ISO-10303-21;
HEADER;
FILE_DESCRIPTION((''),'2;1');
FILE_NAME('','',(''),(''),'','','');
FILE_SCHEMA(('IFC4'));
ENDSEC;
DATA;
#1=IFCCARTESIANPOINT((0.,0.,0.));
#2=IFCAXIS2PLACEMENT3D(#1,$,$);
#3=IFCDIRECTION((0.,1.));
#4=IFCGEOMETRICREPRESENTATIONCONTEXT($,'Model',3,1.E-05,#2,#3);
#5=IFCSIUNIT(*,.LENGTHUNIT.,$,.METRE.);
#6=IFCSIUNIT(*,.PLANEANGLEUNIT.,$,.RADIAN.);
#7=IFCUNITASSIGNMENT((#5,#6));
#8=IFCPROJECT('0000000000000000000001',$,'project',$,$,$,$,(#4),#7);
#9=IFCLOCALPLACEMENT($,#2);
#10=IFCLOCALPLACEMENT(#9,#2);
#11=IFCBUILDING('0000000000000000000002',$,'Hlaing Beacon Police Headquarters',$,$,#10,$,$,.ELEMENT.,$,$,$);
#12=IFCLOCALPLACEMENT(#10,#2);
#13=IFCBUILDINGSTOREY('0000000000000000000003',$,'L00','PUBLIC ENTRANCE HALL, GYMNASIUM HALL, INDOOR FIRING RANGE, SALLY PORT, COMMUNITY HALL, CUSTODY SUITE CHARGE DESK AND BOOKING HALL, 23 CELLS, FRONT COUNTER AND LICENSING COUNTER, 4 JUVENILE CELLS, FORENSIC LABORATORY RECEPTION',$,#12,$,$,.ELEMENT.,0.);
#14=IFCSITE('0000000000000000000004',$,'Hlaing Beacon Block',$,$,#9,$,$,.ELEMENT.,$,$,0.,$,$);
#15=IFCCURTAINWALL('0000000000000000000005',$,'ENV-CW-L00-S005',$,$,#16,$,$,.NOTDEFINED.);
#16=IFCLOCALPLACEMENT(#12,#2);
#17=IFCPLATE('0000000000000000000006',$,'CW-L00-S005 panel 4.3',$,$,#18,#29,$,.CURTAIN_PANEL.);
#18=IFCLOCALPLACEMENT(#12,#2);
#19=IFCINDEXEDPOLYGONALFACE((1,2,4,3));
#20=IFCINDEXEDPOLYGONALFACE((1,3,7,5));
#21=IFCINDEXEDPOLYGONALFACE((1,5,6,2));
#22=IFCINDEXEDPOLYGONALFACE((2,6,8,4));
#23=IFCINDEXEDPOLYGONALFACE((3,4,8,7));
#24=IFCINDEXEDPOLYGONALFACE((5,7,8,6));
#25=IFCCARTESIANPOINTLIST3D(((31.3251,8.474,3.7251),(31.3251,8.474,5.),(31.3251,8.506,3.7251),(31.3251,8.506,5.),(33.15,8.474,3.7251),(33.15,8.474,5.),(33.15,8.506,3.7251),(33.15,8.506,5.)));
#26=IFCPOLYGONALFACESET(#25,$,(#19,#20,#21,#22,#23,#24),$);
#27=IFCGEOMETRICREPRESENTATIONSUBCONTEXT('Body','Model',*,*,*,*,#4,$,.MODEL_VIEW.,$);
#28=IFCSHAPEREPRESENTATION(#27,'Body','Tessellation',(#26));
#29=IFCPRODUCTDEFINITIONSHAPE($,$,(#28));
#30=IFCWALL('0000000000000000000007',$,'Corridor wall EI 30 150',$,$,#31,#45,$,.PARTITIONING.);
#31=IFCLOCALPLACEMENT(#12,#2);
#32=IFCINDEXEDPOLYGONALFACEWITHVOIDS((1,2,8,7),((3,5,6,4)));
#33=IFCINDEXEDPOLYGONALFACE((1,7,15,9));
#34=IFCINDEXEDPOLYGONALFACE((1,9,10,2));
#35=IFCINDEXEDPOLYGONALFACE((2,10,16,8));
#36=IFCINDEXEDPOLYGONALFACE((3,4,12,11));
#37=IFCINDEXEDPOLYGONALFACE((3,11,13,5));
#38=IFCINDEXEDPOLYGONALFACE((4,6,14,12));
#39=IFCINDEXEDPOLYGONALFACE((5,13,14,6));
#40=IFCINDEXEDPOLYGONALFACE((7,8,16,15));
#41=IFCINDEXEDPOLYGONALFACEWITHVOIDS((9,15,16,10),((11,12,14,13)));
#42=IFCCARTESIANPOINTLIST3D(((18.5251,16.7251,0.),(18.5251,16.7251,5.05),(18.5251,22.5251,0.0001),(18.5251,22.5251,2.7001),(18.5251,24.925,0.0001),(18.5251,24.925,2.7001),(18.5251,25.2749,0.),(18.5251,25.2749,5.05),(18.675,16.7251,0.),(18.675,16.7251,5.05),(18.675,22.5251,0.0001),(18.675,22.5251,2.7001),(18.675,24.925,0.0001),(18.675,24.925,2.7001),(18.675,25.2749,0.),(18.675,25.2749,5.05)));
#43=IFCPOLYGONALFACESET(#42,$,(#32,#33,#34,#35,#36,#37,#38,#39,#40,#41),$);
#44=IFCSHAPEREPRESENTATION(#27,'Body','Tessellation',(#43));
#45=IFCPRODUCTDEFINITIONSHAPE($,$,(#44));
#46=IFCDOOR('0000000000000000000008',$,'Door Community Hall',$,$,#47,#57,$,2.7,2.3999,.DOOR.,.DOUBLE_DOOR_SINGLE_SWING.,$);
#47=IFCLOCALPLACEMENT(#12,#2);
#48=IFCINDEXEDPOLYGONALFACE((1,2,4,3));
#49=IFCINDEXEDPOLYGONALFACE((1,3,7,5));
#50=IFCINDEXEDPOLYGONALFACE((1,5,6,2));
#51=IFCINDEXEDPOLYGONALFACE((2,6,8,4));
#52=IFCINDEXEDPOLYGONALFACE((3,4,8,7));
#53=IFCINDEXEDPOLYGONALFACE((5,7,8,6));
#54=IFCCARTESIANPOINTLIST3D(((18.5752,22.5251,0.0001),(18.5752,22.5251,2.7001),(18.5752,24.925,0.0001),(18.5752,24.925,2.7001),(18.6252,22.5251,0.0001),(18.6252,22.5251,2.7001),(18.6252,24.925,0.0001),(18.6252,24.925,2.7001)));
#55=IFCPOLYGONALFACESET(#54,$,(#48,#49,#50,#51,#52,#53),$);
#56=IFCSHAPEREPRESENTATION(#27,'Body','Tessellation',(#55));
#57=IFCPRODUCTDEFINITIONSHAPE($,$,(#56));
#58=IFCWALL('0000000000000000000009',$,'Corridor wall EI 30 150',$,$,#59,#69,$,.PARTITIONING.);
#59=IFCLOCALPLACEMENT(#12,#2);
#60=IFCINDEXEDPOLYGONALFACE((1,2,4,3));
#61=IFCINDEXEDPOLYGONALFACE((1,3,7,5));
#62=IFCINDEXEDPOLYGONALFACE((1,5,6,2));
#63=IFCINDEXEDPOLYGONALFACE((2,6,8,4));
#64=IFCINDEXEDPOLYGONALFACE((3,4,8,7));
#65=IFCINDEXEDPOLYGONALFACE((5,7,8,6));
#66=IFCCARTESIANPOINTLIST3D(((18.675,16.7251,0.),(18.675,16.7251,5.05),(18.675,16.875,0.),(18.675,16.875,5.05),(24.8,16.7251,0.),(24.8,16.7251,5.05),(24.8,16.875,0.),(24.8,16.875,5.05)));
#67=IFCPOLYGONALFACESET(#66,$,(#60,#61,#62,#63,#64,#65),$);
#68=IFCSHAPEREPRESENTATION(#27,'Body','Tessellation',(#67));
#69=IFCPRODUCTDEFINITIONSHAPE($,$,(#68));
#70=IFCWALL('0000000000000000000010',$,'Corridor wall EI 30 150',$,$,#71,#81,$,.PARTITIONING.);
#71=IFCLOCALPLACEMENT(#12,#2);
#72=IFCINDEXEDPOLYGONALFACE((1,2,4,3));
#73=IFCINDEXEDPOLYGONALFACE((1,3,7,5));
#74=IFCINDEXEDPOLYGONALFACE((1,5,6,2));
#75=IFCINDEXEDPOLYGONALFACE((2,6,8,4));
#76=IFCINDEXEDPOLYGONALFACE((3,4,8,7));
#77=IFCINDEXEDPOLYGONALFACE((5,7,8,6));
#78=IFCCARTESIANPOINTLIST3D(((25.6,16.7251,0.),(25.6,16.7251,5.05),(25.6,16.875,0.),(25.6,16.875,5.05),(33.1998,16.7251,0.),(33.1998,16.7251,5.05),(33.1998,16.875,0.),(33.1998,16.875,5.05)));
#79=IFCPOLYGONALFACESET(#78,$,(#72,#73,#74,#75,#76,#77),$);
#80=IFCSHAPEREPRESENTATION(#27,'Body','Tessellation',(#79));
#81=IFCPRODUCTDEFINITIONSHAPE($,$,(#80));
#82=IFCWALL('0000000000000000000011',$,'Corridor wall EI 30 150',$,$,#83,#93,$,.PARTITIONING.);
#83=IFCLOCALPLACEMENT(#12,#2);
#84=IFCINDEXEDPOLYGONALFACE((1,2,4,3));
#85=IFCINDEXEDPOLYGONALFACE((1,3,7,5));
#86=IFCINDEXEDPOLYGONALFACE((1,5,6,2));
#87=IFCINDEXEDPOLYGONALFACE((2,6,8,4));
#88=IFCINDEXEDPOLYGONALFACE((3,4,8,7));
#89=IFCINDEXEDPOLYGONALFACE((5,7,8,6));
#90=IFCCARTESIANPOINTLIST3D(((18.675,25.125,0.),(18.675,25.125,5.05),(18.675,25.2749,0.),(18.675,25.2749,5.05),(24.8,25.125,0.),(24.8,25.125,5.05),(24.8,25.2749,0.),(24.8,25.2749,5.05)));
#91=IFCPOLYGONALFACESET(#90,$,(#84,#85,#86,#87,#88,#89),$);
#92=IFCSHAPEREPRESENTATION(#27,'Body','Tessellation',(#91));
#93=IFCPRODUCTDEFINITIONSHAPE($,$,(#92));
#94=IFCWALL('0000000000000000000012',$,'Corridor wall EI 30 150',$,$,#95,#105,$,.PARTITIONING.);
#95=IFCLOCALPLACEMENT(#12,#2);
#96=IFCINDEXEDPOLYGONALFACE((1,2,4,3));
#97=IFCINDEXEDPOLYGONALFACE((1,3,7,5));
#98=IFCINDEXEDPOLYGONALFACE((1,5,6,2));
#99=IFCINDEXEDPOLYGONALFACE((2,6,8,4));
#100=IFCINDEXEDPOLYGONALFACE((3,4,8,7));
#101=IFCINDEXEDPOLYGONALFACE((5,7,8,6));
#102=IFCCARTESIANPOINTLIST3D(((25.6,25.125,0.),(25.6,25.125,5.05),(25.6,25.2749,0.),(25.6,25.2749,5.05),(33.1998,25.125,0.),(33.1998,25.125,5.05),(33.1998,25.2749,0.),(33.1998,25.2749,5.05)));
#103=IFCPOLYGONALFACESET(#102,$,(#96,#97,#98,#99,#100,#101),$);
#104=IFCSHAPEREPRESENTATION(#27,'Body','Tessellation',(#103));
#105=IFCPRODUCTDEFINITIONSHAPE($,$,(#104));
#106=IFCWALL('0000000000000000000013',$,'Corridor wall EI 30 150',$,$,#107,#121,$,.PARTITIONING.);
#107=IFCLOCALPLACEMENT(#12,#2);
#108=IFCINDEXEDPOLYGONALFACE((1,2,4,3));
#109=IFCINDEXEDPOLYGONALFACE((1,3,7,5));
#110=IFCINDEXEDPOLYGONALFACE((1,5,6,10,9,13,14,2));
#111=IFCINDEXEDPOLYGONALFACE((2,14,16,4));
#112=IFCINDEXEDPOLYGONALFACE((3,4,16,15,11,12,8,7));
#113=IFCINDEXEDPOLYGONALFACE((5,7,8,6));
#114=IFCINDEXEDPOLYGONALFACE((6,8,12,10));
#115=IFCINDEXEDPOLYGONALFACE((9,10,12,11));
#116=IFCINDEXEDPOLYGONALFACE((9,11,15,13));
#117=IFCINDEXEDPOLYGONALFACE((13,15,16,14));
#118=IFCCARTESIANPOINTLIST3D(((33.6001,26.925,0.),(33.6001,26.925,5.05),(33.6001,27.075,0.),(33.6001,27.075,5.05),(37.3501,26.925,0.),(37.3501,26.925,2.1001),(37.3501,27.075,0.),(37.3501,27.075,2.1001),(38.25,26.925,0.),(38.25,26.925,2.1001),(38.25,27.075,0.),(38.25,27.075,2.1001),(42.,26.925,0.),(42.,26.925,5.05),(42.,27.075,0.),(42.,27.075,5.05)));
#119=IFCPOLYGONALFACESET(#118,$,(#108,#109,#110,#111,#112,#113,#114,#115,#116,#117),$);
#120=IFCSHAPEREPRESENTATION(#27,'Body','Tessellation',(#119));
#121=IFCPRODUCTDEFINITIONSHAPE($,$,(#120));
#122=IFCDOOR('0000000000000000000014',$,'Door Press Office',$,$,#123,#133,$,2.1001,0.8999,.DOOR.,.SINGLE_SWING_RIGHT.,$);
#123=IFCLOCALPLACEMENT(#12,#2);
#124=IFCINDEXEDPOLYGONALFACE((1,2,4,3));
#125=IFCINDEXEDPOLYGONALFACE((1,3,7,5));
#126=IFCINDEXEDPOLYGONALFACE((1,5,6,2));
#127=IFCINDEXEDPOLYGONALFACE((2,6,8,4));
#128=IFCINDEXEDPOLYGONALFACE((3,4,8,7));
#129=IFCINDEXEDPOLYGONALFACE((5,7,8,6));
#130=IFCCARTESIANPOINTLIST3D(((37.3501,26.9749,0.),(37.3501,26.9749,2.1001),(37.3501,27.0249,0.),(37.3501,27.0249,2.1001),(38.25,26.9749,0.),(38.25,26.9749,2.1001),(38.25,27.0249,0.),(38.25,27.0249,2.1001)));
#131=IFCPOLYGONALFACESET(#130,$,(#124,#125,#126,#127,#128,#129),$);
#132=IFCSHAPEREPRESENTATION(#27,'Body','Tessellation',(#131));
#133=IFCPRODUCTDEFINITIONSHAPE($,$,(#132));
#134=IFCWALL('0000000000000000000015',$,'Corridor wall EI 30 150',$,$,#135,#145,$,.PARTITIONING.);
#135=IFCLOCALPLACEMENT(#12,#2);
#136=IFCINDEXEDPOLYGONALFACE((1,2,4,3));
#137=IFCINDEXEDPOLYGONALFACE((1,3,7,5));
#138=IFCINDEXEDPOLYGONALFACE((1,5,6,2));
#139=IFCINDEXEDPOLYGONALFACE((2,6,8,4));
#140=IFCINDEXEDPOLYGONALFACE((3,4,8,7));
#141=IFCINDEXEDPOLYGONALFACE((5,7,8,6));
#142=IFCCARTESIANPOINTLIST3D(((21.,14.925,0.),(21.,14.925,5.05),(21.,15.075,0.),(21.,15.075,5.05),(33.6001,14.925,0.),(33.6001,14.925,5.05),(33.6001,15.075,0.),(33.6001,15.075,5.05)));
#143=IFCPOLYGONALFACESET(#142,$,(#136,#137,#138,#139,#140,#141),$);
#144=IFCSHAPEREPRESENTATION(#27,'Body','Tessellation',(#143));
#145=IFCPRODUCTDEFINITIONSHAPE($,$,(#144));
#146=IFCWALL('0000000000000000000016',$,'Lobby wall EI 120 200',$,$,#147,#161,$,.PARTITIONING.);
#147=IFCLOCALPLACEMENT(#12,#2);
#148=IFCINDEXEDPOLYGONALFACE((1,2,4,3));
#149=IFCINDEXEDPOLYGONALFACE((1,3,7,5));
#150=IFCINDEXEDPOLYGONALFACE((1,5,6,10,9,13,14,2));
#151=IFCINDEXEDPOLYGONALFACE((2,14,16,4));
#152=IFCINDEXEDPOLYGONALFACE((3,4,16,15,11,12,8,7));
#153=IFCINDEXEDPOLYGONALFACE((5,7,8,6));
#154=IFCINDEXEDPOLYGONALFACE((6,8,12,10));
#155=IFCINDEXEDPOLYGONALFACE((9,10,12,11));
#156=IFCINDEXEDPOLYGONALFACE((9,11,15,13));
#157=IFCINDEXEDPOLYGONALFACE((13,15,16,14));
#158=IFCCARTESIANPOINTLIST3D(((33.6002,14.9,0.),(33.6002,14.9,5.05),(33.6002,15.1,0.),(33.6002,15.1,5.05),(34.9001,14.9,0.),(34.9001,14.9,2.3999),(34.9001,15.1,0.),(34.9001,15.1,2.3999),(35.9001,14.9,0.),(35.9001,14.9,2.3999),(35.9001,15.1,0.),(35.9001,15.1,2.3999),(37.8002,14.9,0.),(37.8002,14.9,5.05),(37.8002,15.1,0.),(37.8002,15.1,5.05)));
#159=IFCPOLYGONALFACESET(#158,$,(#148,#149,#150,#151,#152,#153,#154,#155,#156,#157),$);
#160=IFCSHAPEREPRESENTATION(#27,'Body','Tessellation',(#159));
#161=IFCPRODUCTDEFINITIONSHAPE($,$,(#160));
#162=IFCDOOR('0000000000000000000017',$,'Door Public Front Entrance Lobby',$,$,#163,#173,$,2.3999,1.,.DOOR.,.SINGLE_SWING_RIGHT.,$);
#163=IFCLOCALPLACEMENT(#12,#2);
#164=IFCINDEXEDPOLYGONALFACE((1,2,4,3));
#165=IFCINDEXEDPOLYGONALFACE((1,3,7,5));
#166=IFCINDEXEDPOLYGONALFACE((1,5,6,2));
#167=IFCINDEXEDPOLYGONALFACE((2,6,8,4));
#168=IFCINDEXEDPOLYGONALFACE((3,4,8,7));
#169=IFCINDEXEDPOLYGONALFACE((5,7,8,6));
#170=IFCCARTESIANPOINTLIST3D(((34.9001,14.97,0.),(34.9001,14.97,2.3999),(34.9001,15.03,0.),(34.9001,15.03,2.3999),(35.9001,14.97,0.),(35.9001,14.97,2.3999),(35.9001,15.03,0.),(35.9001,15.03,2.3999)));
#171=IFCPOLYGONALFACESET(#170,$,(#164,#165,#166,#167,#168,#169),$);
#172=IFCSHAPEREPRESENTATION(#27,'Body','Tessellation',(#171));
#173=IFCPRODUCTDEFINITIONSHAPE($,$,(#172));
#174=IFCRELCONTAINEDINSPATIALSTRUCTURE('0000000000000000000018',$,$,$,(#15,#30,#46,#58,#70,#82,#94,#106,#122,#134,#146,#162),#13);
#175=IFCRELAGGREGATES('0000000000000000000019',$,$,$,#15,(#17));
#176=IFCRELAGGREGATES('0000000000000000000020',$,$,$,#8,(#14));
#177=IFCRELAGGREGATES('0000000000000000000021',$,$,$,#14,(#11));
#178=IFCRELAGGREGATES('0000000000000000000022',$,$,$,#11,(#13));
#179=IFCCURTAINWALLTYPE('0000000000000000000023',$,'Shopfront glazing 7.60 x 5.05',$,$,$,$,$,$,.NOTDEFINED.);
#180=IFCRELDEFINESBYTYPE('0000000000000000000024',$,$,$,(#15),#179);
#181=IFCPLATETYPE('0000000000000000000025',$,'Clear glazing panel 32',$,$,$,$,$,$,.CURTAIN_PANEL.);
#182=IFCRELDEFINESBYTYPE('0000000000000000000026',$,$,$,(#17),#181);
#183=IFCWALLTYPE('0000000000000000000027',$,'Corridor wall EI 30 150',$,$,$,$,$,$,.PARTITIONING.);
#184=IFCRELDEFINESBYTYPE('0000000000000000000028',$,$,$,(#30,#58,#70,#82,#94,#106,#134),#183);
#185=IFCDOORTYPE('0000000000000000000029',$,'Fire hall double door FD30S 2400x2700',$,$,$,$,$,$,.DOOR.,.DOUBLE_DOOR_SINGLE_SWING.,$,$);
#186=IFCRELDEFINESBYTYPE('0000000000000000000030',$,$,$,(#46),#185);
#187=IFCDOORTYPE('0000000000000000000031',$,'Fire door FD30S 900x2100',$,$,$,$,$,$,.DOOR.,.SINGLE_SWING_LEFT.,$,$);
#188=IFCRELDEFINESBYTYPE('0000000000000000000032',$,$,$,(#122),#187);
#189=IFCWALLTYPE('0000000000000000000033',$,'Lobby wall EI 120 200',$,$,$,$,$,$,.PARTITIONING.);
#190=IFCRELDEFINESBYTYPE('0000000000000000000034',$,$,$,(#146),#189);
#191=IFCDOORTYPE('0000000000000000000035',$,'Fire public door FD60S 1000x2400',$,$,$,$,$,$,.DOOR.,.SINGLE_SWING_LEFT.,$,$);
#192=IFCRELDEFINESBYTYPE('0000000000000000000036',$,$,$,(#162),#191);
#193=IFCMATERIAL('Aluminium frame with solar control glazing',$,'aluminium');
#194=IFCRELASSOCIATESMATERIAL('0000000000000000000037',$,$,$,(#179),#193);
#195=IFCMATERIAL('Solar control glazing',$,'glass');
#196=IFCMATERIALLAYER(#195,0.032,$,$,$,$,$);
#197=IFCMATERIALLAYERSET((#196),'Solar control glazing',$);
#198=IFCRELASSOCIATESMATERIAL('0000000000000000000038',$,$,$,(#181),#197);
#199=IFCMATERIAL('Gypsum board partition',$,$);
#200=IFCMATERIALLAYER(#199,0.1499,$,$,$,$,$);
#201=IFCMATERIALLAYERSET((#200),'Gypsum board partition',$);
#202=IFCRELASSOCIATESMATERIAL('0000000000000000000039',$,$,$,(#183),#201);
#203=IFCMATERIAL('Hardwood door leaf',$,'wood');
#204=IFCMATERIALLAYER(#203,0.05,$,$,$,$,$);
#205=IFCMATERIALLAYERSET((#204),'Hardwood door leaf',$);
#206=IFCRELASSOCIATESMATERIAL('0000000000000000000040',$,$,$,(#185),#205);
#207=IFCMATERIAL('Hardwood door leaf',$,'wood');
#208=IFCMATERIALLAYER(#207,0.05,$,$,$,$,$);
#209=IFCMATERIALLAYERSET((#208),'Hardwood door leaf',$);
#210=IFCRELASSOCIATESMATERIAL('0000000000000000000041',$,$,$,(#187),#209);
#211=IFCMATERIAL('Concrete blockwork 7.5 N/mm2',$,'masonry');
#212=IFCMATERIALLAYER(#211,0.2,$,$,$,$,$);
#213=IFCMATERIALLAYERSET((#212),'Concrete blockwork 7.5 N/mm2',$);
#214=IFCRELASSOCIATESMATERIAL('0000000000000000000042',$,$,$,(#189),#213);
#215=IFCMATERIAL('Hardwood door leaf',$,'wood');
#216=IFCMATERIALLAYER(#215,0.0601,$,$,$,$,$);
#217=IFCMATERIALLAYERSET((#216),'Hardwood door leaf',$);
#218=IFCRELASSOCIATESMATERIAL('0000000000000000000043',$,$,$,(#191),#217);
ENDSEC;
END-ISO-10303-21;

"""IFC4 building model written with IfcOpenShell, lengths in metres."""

from ifc_helpers import new_model, si_unit, direction, frame, frame_2d, origin, origin_2d, place, context, subcontext, project, spatial, rectangle, extrude, material, layer, layer_set, type_object, element, fill, aggregate, save


model = new_model("IFC4")

# Units and contexts
model_context = context("Model", 3, precision=1e-05, world=origin(), true_north=direction((0.0, 1.0)))
body_context = subcontext(model_context, "Body", "Model", "MODEL_VIEW")
ifc_project = project(units=[si_unit("LENGTHUNIT", "METRE"), si_unit("PLANEANGLEUNIT", "RADIAN")], contexts=[model_context])

# Site, building, storey
site_placement = place(None, origin())
site = spatial("IfcSite", under=ifc_project, at=site_placement, Name="Hlaing Beacon Block", CompositionType="ELEMENT", RefElevation=0.0)
building_placement = place(site_placement, origin())
building = spatial("IfcBuilding", under=site, at=building_placement, Name="Hlaing Beacon Police Headquarters", CompositionType="ELEMENT")
storey_placement = place(building_placement, origin())
storey = spatial("IfcBuildingStorey", under=building, at=storey_placement, Name="L00", Description="PUBLIC ENTRANCE HALL, GYMNASIUM HALL, INDOOR FIRING RANGE, SALLY PORT, COMMUNITY HALL, CUSTODY SUITE CHARGE DESK AND BOOKING HALL, 23 CELLS, FRONT COUNTER AND LICENSING COUNTER, 4 JUVENILE CELLS, FORENSIC LABORATORY RECEPTION", CompositionType="ELEMENT", Elevation=0.0)

# Curtain wall, plate
ifc_material_1 = material(Name="Aluminium frame with solar control glazing", Category="aluminium")
curtain_wall_type = type_object("IfcCurtainWallType", Name="Shopfront glazing 7.60 x 5.05", PredefinedType="NOTDEFINED", material=ifc_material_1)
curtain_wall_placement = place(storey_placement, origin())
curtain_wall = element("IfcCurtainWall", 1, at=curtain_wall_placement, inside=storey, type_object=curtain_wall_type, Name="ENV-CW-L00-S005", PredefinedType="NOTDEFINED")
ifc_material_2 = material(Name="Solar control glazing", Category="glass")
ifc_layer_1 = layer(ifc_material_2, 0.032)
ifc_layer_set_1 = layer_set([ifc_layer_1], Name="Solar control glazing")
plate_type_1 = type_object("IfcPlateType", Name="Clear glazing panel 32", PredefinedType="CURTAIN_PANEL", material=ifc_layer_set_1)
plate_1_placement = place(storey_placement, frame((32.2375, 8.49, 3.7251), z_axis=(0.0, 0.0, 1.0), x_axis=(1.0, 0.0, 0.0)))
plate_1 = element("IfcPlate", 2, at=plate_1_placement, type_object=plate_type_1, Name="CW-L00-S005 panel 4.3", PredefinedType="CURTAIN_PANEL", context=body_context, shape_type="SweptSolid", body=[
    extrude(rectangle(XDim=1.825, YDim=0.032, at=origin_2d()), origin(), (0.0, 0.0, 1.0), 1.2749),
])
aggregate(curtain_wall, [plate_1])

# Wall, opening, door
ifc_material_3 = material(Name="Gypsum board partition")
ifc_layer_2 = layer(ifc_material_3, 0.1499)
ifc_layer_set_2 = layer_set([ifc_layer_2], Name="Gypsum board partition")
wall_type_1 = type_object("IfcWallType", Name="Corridor wall EI 30 150", PredefinedType="PARTITIONING", material=ifc_layer_set_2)
wall_1_placement = place(storey_placement, frame((18.6001, 16.7251, 0.0), z_axis=(0.0, 0.0, 1.0), x_axis=(0.0, 1.0, 0.0)))
wall_1 = element("IfcWall", 3, at=wall_1_placement, inside=storey, type_object=wall_type_1, Name="Corridor wall EI 30 150", PredefinedType="PARTITIONING", context=body_context, shape_type="SweptSolid", body=[
    extrude(rectangle(XDim=8.5498, YDim=0.1499, at=frame_2d((4.2749, 0.0))), origin(), (0.0, 0.0, 1.0), 5.05),
])
opening_1_placement = place(wall_1_placement, frame((5.8, 0.0, 0.0)))
opening_1 = element("IfcOpeningElement", 4, at=opening_1_placement, cuts=wall_1, PredefinedType="OPENING", context=body_context, shape_type="SweptSolid", body=[
    extrude(rectangle(XDim=2.3999, YDim=2.7, at=frame_2d((1.2, 1.3501))), frame((0.0, 0.085, 0.0), z_axis=(0.0, -1.0, 0.0), x_axis=(1.0, 0.0, 0.0)), (0.0, 0.0, 1.0), 0.1699),
])
ifc_material_4 = material(Name="Hardwood door leaf", Category="wood")
ifc_layer_3 = layer(ifc_material_4, 0.05)
ifc_layer_set_3 = layer_set([ifc_layer_3], Name="Hardwood door leaf")
door_type_1 = type_object("IfcDoorType", Name="Fire hall double door FD30S 2400x2700", OperationType="DOUBLE_DOOR_SINGLE_SWING", PredefinedType="DOOR", material=ifc_layer_set_3)
door_1_placement = place(opening_1_placement, origin())
door_1 = element("IfcDoor", 5, at=door_1_placement, inside=storey, type_object=door_type_1, Name="Door Community Hall", OperationType="DOUBLE_DOOR_SINGLE_SWING", OverallHeight=2.7, OverallWidth=2.3999, PredefinedType="DOOR", context=body_context, shape_type="SweptSolid", body=[
    extrude(rectangle(XDim=2.3999, YDim=2.7, at=frame_2d((1.2, 1.3501))), frame((0.0, 0.0249, 0.0), z_axis=(0.0, -1.0, 0.0), x_axis=(1.0, 0.0, 0.0)), (0.0, 0.0, 1.0), 0.05),
])
fill(opening_1, door_1)

# Walls
wall_2_placement = place(storey_placement, frame((18.675, 16.8, 0.0), z_axis=(0.0, 0.0, 1.0), x_axis=(1.0, 0.0, 0.0)))
element("IfcWall", 6, at=wall_2_placement, inside=storey, type_object=wall_type_1, Name="Corridor wall EI 30 150", PredefinedType="PARTITIONING", context=body_context, shape_type="SweptSolid", body=[
    extrude(rectangle(XDim=6.125, YDim=0.1499, at=frame_2d((3.0625, 0.0))), origin(), (0.0, 0.0, 1.0), 5.05),
])
wall_3_placement = place(storey_placement, frame((25.6001, 16.8, 0.0), z_axis=(0.0, 0.0, 1.0), x_axis=(1.0, 0.0, 0.0)))
element("IfcWall", 7, at=wall_3_placement, inside=storey, type_object=wall_type_1, Name="Corridor wall EI 30 150", PredefinedType="PARTITIONING", context=body_context, shape_type="SweptSolid", body=[
    extrude(rectangle(XDim=7.5999, YDim=0.1499, at=frame_2d((3.7998, 0.0))), origin(), (0.0, 0.0, 1.0), 5.05),
])
wall_4_placement = place(storey_placement, frame((18.675, 25.2, 0.0), z_axis=(0.0, 0.0, 1.0), x_axis=(1.0, 0.0, 0.0)))
element("IfcWall", 8, at=wall_4_placement, inside=storey, type_object=wall_type_1, Name="Corridor wall EI 30 150", PredefinedType="PARTITIONING", context=body_context, shape_type="SweptSolid", body=[
    extrude(rectangle(XDim=6.125, YDim=0.1499, at=frame_2d((3.0625, 0.0))), origin(), (0.0, 0.0, 1.0), 5.05),
])
wall_5_placement = place(storey_placement, frame((25.6001, 25.2, 0.0), z_axis=(0.0, 0.0, 1.0), x_axis=(1.0, 0.0, 0.0)))
element("IfcWall", 9, at=wall_5_placement, inside=storey, type_object=wall_type_1, Name="Corridor wall EI 30 150", PredefinedType="PARTITIONING", context=body_context, shape_type="SweptSolid", body=[
    extrude(rectangle(XDim=7.5999, YDim=0.1499, at=frame_2d((3.7998, 0.0))), origin(), (0.0, 0.0, 1.0), 5.05),
])

# Wall, opening, door
wall_6_placement = place(storey_placement, frame((33.6001, 27.0, 0.0), z_axis=(0.0, 0.0, 1.0), x_axis=(1.0, 0.0, 0.0)))
wall_6 = element("IfcWall", 10, at=wall_6_placement, inside=storey, type_object=wall_type_1, Name="Corridor wall EI 30 150", PredefinedType="PARTITIONING", context=body_context, shape_type="SweptSolid", body=[
    extrude(rectangle(XDim=8.3999, YDim=0.1499, at=frame_2d((4.2, 0.0))), origin(), (0.0, 0.0, 1.0), 5.05),
])
opening_2_placement = place(wall_6_placement, frame((3.75, 0.0, 0.0)))
opening_2 = element("IfcOpeningElement", 11, at=opening_2_placement, cuts=wall_6, PredefinedType="OPENING", context=body_context, shape_type="SweptSolid", body=[
    extrude(rectangle(XDim=0.8999, YDim=2.1001, at=frame_2d((0.45, 1.05))), frame((0.0, 0.085, 0.0), z_axis=(0.0, -1.0, 0.0), x_axis=(1.0, 0.0, 0.0)), (0.0, 0.0, 1.0), 0.1699),
])
ifc_material_5 = material(Name="Hardwood door leaf", Category="wood")
ifc_layer_4 = layer(ifc_material_5, 0.05)
ifc_layer_set_4 = layer_set([ifc_layer_4], Name="Hardwood door leaf")
door_type_2 = type_object("IfcDoorType", Name="Fire door FD30S 900x2100", OperationType="SINGLE_SWING_LEFT", PredefinedType="DOOR", material=ifc_layer_set_4)
door_2_placement = place(opening_2_placement, origin())
door_2 = element("IfcDoor", 12, at=door_2_placement, inside=storey, type_object=door_type_2, Name="Door Press Office", OperationType="SINGLE_SWING_RIGHT", OverallHeight=2.1001, OverallWidth=0.8999, PredefinedType="DOOR", context=body_context, shape_type="SweptSolid", body=[
    extrude(rectangle(XDim=0.8999, YDim=2.1001, at=frame_2d((0.45, 1.05))), frame((0.0, 0.0249, 0.0), z_axis=(0.0, -1.0, 0.0), x_axis=(1.0, 0.0, 0.0)), (0.0, 0.0, 1.0), 0.05),
])
fill(opening_2, door_2)

# Wall
wall_7_placement = place(storey_placement, frame((21.0, 15.0, 0.0), z_axis=(0.0, 0.0, 1.0), x_axis=(1.0, 0.0, 0.0)))
element("IfcWall", 13, at=wall_7_placement, inside=storey, type_object=wall_type_1, Name="Corridor wall EI 30 150", PredefinedType="PARTITIONING", context=body_context, shape_type="SweptSolid", body=[
    extrude(rectangle(XDim=12.6001, YDim=0.1499, at=frame_2d((6.3, 0.0))), origin(), (0.0, 0.0, 1.0), 5.05),
])

# Wall, opening, door
ifc_material_6 = material(Name="Concrete blockwork 7.5 N/mm2", Category="masonry")
ifc_layer_5 = layer(ifc_material_6, 0.2)
ifc_layer_set_5 = layer_set([ifc_layer_5], Name="Concrete blockwork 7.5 N/mm2")
wall_type_2 = type_object("IfcWallType", Name="Lobby wall EI 120 200", PredefinedType="PARTITIONING", material=ifc_layer_set_5)
wall_8_placement = place(storey_placement, frame((33.6001, 15.0, 0.0), z_axis=(0.0, 0.0, 1.0), x_axis=(1.0, 0.0, 0.0)))
wall_8 = element("IfcWall", 14, at=wall_8_placement, inside=storey, type_object=wall_type_2, Name="Lobby wall EI 120 200", PredefinedType="PARTITIONING", context=body_context, shape_type="SweptSolid", body=[
    extrude(rectangle(XDim=4.2, YDim=0.2, at=frame_2d((2.1001, 0.0))), origin(), (0.0, 0.0, 1.0), 5.05),
])
opening_3_placement = place(wall_8_placement, frame((1.3, 0.0, 0.0)))
opening_3 = element("IfcOpeningElement", 15, at=opening_3_placement, cuts=wall_8, PredefinedType="OPENING", context=body_context, shape_type="SweptSolid", body=[
    extrude(rectangle(XDim=1.0, YDim=2.3999, at=frame_2d((0.5, 1.2))), frame((0.0, 0.1099, 0.0), z_axis=(0.0, -1.0, 0.0), x_axis=(1.0, 0.0, 0.0)), (0.0, 0.0, 1.0), 0.22),
])
ifc_material_7 = material(Name="Hardwood door leaf", Category="wood")
ifc_layer_6 = layer(ifc_material_7, 0.0601)
ifc_layer_set_6 = layer_set([ifc_layer_6], Name="Hardwood door leaf")
door_type_3 = type_object("IfcDoorType", Name="Fire public door FD60S 1000x2400", OperationType="SINGLE_SWING_LEFT", PredefinedType="DOOR", material=ifc_layer_set_6)
door_3_placement = place(opening_3_placement, frame((1.0, 0.0, 0.0), z_axis=(0.0, 0.0, 1.0), x_axis=(-1.0, 0.0, 0.0)))
door_3 = element("IfcDoor", 16, at=door_3_placement, inside=storey, type_object=door_type_3, Name="Door Public Front Entrance Lobby", OperationType="SINGLE_SWING_RIGHT", OverallHeight=2.3999, OverallWidth=1.0, PredefinedType="DOOR", context=body_context, shape_type="SweptSolid", body=[
    extrude(rectangle(XDim=1.0, YDim=2.3999, at=frame_2d((0.5, 1.2))), frame((0.0, 0.03, 0.0), z_axis=(0.0, -1.0, 0.0), x_axis=(1.0, 0.0, 0.0)), (0.0, 0.0, 1.0), 0.0601),
])
fill(opening_3, door_3)

save(model, "model.ifc")
